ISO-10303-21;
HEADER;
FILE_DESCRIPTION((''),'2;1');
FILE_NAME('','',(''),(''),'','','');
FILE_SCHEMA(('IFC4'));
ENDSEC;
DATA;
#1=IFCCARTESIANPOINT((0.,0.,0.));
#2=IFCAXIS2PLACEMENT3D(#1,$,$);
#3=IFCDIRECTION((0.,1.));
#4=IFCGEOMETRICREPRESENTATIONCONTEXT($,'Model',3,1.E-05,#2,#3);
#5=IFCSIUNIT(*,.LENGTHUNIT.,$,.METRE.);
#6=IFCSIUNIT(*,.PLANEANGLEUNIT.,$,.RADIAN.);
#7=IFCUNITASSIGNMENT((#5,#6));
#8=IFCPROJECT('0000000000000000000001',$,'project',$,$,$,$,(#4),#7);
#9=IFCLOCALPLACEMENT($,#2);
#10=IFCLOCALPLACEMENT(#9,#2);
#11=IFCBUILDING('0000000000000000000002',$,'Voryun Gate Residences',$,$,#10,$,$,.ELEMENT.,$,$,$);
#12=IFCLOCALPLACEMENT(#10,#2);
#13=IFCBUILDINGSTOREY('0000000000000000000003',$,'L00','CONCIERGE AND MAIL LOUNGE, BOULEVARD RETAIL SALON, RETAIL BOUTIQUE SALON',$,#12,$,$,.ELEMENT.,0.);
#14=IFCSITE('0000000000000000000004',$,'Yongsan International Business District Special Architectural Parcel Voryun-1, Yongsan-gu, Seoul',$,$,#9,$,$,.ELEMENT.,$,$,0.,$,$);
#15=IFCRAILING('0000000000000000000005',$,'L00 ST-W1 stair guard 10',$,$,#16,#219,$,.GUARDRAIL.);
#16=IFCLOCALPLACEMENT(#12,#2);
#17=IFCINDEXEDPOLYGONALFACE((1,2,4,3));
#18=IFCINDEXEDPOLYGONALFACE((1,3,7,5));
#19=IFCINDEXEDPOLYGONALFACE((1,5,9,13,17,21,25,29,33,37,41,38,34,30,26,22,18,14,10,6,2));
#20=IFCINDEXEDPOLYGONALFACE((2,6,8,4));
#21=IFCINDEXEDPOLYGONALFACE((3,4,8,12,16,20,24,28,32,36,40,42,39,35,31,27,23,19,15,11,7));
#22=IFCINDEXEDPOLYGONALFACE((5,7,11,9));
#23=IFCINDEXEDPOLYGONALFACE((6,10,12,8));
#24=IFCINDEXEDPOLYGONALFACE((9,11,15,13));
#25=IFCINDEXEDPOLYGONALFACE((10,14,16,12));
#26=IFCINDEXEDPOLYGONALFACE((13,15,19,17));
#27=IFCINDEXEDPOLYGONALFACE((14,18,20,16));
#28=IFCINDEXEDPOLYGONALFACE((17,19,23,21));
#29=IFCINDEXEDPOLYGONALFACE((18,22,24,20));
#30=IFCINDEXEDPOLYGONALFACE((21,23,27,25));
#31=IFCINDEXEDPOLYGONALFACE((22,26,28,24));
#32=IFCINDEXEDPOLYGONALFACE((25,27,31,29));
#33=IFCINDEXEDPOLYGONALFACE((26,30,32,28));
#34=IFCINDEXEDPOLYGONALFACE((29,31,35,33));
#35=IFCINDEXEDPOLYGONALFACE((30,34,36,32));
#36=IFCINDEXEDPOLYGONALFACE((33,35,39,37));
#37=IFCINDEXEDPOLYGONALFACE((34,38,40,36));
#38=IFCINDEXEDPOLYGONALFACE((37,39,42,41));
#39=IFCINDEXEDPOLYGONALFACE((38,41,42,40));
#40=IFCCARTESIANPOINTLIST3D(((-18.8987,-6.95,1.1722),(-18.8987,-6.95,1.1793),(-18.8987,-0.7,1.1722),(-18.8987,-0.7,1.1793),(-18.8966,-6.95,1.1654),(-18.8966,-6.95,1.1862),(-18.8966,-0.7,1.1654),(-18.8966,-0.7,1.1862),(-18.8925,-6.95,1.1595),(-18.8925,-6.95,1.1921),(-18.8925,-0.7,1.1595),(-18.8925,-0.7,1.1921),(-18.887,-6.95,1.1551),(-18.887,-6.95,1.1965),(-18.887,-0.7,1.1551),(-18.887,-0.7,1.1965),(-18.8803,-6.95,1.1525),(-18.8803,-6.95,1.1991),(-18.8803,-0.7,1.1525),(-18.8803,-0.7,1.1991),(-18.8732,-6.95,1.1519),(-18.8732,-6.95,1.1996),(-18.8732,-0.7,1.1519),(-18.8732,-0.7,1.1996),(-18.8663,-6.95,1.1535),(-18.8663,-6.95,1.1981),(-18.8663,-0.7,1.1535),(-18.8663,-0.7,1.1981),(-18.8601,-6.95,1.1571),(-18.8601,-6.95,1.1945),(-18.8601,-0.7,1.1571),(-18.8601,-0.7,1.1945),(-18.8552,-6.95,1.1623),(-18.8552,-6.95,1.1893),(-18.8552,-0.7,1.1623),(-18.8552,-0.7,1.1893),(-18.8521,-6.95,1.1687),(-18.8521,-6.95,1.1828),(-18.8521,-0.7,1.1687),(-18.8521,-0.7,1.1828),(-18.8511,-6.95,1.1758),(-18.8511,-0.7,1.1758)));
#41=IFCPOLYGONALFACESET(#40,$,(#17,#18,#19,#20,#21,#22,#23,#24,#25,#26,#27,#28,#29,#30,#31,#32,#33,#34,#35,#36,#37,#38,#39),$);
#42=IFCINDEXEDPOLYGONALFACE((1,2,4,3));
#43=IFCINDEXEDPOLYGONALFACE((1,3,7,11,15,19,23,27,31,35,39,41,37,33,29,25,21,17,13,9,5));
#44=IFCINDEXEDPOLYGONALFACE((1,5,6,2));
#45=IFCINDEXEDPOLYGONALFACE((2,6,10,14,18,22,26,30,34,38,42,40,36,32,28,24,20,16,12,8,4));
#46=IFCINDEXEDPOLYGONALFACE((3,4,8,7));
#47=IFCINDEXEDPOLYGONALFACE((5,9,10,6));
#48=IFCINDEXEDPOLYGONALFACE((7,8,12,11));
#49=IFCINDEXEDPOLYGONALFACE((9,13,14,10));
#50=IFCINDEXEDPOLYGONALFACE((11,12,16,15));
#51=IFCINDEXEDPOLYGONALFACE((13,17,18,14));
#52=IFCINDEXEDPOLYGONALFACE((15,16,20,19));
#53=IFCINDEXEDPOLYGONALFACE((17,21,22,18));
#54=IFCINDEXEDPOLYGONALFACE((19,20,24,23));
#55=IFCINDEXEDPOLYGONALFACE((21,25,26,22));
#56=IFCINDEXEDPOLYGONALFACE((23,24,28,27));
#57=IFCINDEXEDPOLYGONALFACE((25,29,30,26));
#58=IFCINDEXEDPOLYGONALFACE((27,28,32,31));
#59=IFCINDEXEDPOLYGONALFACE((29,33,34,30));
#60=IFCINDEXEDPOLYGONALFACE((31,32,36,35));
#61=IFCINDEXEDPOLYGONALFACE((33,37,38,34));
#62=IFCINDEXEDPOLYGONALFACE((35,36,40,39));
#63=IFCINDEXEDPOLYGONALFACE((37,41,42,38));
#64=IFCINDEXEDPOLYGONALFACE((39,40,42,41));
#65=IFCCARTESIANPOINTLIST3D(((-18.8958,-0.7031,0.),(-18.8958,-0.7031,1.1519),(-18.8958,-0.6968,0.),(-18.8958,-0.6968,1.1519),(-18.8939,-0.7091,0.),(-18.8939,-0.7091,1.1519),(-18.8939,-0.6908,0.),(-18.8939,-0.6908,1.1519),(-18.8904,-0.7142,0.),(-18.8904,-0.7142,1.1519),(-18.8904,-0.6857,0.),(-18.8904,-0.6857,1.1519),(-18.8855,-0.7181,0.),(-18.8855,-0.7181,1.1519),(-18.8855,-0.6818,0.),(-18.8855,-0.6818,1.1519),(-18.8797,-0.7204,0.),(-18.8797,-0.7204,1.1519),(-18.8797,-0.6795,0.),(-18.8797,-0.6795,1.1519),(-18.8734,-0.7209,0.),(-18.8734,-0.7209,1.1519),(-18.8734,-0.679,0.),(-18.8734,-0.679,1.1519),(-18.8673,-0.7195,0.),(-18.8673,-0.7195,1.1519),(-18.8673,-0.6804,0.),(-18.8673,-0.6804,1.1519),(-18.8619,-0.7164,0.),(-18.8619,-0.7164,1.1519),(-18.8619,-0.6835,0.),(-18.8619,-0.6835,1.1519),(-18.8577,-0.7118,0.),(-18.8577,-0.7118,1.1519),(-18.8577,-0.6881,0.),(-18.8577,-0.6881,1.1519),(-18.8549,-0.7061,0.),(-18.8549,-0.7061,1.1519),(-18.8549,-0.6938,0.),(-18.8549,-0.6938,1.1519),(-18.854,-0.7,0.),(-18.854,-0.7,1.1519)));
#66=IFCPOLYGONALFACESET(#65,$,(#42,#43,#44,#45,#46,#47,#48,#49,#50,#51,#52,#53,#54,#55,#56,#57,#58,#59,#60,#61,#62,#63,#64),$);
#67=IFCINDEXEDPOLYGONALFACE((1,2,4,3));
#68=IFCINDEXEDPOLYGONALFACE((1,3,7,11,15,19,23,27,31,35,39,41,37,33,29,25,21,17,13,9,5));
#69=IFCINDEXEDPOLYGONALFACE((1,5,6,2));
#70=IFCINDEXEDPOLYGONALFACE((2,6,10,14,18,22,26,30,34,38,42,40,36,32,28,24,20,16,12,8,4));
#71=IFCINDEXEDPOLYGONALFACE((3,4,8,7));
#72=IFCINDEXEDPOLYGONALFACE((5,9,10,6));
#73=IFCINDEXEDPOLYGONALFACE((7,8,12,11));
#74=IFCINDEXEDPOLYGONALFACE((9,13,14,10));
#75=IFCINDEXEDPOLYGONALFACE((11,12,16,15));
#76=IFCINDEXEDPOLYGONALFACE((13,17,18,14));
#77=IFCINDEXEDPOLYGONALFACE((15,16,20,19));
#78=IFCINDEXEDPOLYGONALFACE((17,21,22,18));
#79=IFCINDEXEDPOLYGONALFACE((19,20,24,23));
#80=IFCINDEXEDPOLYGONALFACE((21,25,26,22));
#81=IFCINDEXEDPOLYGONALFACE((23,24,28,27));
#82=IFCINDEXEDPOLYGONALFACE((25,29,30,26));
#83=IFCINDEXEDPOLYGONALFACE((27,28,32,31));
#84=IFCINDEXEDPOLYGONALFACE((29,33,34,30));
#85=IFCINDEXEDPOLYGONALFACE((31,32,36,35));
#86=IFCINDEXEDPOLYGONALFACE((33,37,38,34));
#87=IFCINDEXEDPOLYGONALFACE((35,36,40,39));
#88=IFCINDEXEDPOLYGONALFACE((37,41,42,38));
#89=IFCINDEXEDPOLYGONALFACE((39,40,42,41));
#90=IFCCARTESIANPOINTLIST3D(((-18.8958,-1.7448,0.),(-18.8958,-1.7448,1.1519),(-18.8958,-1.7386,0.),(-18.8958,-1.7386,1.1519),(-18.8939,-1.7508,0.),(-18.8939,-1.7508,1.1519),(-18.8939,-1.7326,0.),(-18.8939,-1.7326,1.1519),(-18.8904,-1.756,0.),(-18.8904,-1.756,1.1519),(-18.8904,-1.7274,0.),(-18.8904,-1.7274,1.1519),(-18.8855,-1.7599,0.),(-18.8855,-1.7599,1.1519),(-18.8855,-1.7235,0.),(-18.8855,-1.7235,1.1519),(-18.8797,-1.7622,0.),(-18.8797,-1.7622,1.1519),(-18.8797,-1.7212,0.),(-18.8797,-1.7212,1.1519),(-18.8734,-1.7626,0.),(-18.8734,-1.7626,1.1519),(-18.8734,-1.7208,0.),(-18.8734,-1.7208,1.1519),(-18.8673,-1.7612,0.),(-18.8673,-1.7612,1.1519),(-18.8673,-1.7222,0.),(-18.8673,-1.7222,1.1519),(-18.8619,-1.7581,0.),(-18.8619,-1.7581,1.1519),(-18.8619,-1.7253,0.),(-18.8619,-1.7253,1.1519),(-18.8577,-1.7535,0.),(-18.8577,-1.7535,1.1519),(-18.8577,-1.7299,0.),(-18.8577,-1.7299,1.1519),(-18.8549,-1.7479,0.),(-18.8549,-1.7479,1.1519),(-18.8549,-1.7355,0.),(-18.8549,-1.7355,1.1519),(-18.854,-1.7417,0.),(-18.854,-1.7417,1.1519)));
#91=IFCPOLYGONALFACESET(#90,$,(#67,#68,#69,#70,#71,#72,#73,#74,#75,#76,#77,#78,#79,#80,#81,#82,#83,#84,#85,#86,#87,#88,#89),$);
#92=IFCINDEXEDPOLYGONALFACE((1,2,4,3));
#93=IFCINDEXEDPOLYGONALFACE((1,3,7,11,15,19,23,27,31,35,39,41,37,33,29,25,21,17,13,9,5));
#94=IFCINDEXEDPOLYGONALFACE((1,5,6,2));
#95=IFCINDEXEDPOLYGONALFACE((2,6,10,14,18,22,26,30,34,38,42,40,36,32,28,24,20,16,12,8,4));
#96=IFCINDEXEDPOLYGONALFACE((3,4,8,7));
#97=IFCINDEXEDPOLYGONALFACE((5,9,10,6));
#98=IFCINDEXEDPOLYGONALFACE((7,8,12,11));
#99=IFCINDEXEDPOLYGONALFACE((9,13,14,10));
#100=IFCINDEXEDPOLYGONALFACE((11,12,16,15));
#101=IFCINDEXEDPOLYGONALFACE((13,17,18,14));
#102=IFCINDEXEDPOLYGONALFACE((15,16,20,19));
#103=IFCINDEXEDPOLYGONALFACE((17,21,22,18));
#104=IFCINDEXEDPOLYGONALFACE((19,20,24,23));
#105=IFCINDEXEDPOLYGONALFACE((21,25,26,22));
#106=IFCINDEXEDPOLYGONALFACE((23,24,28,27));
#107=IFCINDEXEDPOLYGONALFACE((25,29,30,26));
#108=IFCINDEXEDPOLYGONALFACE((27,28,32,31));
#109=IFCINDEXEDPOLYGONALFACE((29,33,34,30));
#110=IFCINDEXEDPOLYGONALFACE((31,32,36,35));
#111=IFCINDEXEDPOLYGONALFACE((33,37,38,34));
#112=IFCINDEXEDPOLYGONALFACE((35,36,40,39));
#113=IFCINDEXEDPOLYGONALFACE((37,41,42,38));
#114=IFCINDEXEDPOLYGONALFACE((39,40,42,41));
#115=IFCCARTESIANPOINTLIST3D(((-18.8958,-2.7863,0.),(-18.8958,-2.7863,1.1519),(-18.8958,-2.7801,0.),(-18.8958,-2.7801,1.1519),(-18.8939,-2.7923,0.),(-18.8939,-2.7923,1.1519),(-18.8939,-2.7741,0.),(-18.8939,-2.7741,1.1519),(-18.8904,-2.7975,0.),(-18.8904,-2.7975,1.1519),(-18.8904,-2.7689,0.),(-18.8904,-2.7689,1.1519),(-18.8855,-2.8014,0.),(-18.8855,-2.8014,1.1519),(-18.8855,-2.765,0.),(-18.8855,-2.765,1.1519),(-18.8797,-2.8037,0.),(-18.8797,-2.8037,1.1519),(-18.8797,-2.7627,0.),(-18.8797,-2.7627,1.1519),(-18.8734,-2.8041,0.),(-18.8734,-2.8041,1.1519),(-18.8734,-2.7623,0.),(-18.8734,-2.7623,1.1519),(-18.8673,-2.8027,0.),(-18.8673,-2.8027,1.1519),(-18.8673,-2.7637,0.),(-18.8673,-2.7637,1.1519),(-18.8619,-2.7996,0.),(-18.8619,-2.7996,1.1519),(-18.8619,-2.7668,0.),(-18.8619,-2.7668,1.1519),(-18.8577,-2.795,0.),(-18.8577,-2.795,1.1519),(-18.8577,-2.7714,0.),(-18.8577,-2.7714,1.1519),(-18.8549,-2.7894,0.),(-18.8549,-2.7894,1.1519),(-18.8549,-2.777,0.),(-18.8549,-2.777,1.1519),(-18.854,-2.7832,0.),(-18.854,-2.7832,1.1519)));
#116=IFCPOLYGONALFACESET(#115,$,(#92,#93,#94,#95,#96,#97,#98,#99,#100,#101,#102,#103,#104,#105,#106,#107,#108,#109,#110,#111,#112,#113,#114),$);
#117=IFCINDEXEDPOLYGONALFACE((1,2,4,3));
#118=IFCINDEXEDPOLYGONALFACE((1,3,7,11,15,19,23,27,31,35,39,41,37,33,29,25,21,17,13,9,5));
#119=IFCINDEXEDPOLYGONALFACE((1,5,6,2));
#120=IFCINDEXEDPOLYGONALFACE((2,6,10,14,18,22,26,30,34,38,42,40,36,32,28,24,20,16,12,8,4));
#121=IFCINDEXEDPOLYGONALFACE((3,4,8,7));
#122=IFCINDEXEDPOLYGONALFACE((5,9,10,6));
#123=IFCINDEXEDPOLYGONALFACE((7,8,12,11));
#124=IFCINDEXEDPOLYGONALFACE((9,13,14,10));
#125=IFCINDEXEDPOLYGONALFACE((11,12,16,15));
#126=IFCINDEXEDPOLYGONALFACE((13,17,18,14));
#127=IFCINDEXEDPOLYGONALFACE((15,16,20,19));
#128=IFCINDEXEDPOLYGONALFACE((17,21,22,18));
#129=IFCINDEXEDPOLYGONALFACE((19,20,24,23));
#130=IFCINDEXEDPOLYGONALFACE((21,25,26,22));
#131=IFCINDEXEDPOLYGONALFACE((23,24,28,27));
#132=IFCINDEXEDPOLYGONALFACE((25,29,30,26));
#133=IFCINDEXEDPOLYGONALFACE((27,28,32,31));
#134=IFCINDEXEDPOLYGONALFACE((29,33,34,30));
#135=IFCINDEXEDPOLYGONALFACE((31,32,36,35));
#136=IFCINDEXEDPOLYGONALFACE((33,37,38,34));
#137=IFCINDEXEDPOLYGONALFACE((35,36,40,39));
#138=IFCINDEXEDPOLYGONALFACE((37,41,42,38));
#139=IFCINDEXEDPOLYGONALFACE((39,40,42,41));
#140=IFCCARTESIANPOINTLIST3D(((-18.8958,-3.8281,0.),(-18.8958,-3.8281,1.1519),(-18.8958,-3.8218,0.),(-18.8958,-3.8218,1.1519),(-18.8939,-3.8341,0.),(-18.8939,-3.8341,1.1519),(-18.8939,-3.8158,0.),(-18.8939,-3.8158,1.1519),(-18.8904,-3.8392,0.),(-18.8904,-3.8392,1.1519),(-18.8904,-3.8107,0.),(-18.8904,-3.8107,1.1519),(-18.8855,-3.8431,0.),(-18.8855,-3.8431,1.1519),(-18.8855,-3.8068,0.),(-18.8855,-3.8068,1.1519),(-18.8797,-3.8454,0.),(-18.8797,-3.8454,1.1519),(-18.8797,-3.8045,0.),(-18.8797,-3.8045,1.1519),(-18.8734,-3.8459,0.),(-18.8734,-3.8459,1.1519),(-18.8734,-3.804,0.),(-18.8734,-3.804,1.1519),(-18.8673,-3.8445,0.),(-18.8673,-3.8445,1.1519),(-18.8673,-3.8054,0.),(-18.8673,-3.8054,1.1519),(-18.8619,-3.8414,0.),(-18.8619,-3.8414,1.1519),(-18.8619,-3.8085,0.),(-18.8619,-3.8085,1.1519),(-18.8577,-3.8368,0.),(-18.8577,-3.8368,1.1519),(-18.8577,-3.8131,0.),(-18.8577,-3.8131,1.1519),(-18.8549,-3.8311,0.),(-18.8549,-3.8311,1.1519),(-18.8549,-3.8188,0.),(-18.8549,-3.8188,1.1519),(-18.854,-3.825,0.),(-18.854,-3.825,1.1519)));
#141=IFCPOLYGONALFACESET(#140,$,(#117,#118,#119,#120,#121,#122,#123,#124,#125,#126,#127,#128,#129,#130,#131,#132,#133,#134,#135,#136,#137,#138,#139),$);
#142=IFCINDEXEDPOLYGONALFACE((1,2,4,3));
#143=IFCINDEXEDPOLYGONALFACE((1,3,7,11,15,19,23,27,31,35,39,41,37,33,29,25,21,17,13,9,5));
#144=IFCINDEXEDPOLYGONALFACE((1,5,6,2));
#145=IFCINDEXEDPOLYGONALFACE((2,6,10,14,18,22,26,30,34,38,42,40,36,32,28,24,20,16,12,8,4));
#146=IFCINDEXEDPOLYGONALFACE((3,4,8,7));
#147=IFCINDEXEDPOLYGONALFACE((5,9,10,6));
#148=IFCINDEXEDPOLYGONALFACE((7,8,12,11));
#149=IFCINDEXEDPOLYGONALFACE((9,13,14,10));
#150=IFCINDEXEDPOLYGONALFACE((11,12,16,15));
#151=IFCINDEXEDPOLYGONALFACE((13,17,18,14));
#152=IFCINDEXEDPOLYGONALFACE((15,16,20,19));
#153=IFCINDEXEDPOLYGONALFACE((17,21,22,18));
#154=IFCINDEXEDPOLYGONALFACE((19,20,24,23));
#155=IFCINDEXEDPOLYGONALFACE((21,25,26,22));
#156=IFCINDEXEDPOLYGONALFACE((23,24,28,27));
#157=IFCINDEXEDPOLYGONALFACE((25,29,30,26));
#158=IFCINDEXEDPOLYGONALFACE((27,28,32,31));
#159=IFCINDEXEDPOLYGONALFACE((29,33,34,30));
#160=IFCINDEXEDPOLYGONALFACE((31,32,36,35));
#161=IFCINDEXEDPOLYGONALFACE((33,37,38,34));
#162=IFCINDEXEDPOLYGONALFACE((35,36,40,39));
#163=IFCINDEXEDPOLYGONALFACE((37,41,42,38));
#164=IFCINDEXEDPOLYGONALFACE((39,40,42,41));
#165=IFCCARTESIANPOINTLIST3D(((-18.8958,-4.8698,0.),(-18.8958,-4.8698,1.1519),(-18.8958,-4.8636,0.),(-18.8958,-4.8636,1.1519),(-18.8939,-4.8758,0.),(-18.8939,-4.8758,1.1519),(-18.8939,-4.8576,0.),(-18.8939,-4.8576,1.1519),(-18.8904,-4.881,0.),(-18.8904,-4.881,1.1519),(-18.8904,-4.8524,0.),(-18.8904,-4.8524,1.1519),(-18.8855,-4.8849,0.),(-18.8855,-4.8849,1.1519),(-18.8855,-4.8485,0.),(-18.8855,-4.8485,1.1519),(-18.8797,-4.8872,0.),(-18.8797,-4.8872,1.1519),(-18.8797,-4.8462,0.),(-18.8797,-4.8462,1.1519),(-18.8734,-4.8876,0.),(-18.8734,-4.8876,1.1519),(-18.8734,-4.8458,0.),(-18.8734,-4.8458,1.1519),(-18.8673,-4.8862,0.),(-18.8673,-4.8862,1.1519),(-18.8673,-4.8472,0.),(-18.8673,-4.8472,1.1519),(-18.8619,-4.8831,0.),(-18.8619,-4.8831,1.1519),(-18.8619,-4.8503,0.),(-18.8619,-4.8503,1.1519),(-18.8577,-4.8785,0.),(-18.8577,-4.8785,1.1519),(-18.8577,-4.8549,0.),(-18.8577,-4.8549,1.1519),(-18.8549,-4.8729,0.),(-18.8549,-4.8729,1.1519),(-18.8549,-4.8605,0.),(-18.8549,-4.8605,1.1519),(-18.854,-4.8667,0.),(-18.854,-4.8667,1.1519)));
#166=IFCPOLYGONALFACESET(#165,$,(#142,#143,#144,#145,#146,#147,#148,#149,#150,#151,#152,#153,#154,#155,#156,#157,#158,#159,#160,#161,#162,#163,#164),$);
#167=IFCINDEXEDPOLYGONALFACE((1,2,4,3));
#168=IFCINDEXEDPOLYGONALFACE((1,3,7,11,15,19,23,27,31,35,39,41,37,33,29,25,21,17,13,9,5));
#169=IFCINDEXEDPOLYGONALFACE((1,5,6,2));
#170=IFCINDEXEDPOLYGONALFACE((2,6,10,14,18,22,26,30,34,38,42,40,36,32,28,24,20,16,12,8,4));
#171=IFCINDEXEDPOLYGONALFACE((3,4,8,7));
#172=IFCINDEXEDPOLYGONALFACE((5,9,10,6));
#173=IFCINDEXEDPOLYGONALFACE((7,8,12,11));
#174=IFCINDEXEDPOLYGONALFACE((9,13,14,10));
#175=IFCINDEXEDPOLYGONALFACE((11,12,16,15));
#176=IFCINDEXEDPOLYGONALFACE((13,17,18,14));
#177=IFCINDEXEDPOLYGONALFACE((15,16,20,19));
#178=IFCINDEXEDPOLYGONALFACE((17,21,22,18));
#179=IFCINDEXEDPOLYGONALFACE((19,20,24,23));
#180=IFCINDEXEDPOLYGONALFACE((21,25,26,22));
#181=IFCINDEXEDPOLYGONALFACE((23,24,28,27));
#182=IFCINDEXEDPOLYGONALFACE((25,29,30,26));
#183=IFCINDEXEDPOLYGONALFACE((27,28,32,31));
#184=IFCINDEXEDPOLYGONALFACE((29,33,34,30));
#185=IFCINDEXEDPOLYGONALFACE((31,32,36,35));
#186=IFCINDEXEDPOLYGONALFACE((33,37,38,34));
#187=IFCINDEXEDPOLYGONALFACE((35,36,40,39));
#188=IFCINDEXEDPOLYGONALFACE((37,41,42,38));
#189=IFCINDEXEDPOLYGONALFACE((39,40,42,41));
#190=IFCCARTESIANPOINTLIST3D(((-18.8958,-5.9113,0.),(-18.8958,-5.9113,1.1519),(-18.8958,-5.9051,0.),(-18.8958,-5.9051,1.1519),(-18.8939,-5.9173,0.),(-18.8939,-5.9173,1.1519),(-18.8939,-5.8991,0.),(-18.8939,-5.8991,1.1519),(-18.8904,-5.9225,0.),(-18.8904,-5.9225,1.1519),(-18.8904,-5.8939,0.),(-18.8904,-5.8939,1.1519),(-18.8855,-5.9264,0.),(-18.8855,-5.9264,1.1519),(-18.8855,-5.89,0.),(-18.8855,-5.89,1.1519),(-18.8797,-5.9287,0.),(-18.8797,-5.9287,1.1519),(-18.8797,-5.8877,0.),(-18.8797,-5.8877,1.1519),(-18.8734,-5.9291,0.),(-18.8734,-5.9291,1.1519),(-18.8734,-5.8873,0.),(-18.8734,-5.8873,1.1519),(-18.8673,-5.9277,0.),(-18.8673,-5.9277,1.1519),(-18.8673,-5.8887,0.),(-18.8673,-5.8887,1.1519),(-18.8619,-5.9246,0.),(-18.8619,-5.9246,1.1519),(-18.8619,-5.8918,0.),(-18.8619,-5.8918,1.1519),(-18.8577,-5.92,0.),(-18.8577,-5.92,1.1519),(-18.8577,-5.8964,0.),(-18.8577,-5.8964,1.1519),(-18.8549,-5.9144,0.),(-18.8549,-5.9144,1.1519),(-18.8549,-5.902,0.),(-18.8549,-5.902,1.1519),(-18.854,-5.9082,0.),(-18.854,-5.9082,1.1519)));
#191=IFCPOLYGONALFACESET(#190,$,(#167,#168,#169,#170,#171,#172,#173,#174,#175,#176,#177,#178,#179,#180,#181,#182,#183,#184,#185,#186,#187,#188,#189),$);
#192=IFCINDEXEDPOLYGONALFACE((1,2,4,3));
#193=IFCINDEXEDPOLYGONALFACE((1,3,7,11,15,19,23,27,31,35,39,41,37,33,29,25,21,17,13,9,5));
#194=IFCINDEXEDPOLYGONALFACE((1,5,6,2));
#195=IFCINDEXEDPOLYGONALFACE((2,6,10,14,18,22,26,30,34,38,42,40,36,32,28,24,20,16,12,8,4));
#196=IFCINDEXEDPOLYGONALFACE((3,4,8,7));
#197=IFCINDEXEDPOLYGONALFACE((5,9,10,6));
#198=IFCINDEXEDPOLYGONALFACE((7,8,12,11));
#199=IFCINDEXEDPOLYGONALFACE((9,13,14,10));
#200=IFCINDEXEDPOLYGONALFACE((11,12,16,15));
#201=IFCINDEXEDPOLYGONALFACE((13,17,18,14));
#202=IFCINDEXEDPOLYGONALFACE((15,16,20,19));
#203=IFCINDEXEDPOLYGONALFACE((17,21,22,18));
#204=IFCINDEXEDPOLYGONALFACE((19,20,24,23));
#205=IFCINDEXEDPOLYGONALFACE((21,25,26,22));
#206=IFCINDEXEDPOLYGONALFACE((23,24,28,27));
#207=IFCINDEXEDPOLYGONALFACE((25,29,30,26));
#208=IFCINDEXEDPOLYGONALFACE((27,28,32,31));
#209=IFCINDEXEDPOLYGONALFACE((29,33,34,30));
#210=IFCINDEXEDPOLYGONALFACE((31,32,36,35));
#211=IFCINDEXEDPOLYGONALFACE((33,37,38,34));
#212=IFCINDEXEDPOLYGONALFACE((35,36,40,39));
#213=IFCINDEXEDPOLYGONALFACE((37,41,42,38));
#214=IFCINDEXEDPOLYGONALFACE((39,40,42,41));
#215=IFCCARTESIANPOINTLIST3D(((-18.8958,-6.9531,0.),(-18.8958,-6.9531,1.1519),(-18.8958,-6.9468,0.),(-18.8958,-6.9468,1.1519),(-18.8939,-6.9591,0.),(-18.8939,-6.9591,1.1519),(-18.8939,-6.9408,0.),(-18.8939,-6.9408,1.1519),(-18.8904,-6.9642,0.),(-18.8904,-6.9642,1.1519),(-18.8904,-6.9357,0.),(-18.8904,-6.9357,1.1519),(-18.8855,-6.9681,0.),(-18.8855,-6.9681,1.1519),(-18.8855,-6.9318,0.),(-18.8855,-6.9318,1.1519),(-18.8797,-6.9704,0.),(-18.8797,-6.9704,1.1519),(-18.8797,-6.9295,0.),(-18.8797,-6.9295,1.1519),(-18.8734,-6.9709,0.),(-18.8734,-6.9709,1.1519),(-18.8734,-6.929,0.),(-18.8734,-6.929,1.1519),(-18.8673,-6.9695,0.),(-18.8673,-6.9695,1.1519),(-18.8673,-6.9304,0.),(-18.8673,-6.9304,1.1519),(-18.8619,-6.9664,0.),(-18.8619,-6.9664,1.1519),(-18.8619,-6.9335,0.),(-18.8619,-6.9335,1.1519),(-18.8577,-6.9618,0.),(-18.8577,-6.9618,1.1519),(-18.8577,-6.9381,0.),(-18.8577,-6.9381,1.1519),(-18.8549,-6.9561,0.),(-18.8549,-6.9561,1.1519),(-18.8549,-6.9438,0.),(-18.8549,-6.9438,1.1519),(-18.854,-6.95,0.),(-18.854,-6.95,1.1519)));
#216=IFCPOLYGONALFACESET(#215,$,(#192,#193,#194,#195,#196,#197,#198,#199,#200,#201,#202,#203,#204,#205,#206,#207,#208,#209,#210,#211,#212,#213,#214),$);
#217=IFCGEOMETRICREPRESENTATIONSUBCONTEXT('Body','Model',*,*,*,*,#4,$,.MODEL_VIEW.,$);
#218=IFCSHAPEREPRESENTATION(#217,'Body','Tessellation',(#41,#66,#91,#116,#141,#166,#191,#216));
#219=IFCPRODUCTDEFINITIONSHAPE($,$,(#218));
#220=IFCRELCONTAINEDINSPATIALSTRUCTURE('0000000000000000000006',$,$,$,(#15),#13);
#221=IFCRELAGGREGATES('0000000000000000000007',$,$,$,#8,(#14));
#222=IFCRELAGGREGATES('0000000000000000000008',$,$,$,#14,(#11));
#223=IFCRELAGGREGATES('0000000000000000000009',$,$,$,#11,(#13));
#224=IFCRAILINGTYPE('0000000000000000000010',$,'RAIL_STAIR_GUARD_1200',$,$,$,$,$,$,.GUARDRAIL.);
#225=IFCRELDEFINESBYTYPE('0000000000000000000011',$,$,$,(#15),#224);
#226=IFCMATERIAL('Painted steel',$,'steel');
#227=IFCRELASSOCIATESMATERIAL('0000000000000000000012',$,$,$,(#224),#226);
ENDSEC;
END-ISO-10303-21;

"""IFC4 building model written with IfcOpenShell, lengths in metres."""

from ifc_helpers import new_model, si_unit, direction, frame, origin, origin_2d, place, context, subcontext, project, spatial, circle, extrude, material, type_object, element, save


model = new_model("IFC4")

# Units and contexts
model_context = context("Model", 3, precision=1e-05, world=origin(), true_north=direction((0.0, 1.0)))
body_context = subcontext(model_context, "Body", "Model", "MODEL_VIEW")
ifc_project = project(units=[si_unit("LENGTHUNIT", "METRE"), si_unit("PLANEANGLEUNIT", "RADIAN")], contexts=[model_context])

# Site, building, storey
site_placement = place(None, origin())
site = spatial("IfcSite", under=ifc_project, at=site_placement, Name="Yongsan International Business District Special Architectural Parcel Voryun-1, Yongsan-gu, Seoul", CompositionType="ELEMENT", RefElevation=0.0)
building_placement = place(site_placement, origin())
building = spatial("IfcBuilding", under=site, at=building_placement, Name="Voryun Gate Residences", CompositionType="ELEMENT")
storey_placement = place(building_placement, origin())
storey = spatial("IfcBuildingStorey", under=building, at=storey_placement, Name="L00", Description="CONCIERGE AND MAIL LOUNGE, BOULEVARD RETAIL SALON, RETAIL BOUTIQUE SALON", CompositionType="ELEMENT", Elevation=0.0)

# Railing
ifc_material_1 = material(Name="Painted steel", Category="steel")
railing_type_1 = type_object("IfcRailingType", Name="RAIL_STAIR_GUARD_1200", PredefinedType="GUARDRAIL", material=ifc_material_1)
railing_1_placement = place(storey_placement, frame((-18.875, -0.7, 0.0)))
element("IfcRailing", 1, at=railing_1_placement, inside=storey, type_object=railing_type_1, Name="L00 ST-W1 stair guard 10", PredefinedType="GUARDRAIL", context=body_context, shape_type="SweptSolid", body=[
    extrude(circle(Radius=0.0239, at=origin_2d()), frame((0.0, 0.0, 1.1758), z_axis=(0.0, -1.0, 0.0), x_axis=(1.0, 0.0, 0.0)), (0.0, 0.0, 1.0), 6.25),
    extrude(circle(Radius=0.021, at=origin_2d()), origin(), (0.0, 0.0, 1.0), 1.1519),
    extrude(circle(Radius=0.021, at=origin_2d()), frame((0.0, -1.0417, 0.0)), (0.0, 0.0, 1.0), 1.1519),
    extrude(circle(Radius=0.021, at=origin_2d()), frame((0.0, -2.0833, 0.0)), (0.0, 0.0, 1.0), 1.1519),
    extrude(circle(Radius=0.021, at=origin_2d()), frame((0.0, -3.125, 0.0)), (0.0, 0.0, 1.0), 1.1519),
    extrude(circle(Radius=0.021, at=origin_2d()), frame((0.0, -4.1667, 0.0)), (0.0, 0.0, 1.0), 1.1519),
    extrude(circle(Radius=0.021, at=origin_2d()), frame((0.0, -5.2083, 0.0)), (0.0, 0.0, 1.0), 1.1519),
    extrude(circle(Radius=0.021, at=origin_2d()), frame((0.0, -6.25, 0.0)), (0.0, 0.0, 1.0), 1.1519),
])

save(model, "model.ifc")
